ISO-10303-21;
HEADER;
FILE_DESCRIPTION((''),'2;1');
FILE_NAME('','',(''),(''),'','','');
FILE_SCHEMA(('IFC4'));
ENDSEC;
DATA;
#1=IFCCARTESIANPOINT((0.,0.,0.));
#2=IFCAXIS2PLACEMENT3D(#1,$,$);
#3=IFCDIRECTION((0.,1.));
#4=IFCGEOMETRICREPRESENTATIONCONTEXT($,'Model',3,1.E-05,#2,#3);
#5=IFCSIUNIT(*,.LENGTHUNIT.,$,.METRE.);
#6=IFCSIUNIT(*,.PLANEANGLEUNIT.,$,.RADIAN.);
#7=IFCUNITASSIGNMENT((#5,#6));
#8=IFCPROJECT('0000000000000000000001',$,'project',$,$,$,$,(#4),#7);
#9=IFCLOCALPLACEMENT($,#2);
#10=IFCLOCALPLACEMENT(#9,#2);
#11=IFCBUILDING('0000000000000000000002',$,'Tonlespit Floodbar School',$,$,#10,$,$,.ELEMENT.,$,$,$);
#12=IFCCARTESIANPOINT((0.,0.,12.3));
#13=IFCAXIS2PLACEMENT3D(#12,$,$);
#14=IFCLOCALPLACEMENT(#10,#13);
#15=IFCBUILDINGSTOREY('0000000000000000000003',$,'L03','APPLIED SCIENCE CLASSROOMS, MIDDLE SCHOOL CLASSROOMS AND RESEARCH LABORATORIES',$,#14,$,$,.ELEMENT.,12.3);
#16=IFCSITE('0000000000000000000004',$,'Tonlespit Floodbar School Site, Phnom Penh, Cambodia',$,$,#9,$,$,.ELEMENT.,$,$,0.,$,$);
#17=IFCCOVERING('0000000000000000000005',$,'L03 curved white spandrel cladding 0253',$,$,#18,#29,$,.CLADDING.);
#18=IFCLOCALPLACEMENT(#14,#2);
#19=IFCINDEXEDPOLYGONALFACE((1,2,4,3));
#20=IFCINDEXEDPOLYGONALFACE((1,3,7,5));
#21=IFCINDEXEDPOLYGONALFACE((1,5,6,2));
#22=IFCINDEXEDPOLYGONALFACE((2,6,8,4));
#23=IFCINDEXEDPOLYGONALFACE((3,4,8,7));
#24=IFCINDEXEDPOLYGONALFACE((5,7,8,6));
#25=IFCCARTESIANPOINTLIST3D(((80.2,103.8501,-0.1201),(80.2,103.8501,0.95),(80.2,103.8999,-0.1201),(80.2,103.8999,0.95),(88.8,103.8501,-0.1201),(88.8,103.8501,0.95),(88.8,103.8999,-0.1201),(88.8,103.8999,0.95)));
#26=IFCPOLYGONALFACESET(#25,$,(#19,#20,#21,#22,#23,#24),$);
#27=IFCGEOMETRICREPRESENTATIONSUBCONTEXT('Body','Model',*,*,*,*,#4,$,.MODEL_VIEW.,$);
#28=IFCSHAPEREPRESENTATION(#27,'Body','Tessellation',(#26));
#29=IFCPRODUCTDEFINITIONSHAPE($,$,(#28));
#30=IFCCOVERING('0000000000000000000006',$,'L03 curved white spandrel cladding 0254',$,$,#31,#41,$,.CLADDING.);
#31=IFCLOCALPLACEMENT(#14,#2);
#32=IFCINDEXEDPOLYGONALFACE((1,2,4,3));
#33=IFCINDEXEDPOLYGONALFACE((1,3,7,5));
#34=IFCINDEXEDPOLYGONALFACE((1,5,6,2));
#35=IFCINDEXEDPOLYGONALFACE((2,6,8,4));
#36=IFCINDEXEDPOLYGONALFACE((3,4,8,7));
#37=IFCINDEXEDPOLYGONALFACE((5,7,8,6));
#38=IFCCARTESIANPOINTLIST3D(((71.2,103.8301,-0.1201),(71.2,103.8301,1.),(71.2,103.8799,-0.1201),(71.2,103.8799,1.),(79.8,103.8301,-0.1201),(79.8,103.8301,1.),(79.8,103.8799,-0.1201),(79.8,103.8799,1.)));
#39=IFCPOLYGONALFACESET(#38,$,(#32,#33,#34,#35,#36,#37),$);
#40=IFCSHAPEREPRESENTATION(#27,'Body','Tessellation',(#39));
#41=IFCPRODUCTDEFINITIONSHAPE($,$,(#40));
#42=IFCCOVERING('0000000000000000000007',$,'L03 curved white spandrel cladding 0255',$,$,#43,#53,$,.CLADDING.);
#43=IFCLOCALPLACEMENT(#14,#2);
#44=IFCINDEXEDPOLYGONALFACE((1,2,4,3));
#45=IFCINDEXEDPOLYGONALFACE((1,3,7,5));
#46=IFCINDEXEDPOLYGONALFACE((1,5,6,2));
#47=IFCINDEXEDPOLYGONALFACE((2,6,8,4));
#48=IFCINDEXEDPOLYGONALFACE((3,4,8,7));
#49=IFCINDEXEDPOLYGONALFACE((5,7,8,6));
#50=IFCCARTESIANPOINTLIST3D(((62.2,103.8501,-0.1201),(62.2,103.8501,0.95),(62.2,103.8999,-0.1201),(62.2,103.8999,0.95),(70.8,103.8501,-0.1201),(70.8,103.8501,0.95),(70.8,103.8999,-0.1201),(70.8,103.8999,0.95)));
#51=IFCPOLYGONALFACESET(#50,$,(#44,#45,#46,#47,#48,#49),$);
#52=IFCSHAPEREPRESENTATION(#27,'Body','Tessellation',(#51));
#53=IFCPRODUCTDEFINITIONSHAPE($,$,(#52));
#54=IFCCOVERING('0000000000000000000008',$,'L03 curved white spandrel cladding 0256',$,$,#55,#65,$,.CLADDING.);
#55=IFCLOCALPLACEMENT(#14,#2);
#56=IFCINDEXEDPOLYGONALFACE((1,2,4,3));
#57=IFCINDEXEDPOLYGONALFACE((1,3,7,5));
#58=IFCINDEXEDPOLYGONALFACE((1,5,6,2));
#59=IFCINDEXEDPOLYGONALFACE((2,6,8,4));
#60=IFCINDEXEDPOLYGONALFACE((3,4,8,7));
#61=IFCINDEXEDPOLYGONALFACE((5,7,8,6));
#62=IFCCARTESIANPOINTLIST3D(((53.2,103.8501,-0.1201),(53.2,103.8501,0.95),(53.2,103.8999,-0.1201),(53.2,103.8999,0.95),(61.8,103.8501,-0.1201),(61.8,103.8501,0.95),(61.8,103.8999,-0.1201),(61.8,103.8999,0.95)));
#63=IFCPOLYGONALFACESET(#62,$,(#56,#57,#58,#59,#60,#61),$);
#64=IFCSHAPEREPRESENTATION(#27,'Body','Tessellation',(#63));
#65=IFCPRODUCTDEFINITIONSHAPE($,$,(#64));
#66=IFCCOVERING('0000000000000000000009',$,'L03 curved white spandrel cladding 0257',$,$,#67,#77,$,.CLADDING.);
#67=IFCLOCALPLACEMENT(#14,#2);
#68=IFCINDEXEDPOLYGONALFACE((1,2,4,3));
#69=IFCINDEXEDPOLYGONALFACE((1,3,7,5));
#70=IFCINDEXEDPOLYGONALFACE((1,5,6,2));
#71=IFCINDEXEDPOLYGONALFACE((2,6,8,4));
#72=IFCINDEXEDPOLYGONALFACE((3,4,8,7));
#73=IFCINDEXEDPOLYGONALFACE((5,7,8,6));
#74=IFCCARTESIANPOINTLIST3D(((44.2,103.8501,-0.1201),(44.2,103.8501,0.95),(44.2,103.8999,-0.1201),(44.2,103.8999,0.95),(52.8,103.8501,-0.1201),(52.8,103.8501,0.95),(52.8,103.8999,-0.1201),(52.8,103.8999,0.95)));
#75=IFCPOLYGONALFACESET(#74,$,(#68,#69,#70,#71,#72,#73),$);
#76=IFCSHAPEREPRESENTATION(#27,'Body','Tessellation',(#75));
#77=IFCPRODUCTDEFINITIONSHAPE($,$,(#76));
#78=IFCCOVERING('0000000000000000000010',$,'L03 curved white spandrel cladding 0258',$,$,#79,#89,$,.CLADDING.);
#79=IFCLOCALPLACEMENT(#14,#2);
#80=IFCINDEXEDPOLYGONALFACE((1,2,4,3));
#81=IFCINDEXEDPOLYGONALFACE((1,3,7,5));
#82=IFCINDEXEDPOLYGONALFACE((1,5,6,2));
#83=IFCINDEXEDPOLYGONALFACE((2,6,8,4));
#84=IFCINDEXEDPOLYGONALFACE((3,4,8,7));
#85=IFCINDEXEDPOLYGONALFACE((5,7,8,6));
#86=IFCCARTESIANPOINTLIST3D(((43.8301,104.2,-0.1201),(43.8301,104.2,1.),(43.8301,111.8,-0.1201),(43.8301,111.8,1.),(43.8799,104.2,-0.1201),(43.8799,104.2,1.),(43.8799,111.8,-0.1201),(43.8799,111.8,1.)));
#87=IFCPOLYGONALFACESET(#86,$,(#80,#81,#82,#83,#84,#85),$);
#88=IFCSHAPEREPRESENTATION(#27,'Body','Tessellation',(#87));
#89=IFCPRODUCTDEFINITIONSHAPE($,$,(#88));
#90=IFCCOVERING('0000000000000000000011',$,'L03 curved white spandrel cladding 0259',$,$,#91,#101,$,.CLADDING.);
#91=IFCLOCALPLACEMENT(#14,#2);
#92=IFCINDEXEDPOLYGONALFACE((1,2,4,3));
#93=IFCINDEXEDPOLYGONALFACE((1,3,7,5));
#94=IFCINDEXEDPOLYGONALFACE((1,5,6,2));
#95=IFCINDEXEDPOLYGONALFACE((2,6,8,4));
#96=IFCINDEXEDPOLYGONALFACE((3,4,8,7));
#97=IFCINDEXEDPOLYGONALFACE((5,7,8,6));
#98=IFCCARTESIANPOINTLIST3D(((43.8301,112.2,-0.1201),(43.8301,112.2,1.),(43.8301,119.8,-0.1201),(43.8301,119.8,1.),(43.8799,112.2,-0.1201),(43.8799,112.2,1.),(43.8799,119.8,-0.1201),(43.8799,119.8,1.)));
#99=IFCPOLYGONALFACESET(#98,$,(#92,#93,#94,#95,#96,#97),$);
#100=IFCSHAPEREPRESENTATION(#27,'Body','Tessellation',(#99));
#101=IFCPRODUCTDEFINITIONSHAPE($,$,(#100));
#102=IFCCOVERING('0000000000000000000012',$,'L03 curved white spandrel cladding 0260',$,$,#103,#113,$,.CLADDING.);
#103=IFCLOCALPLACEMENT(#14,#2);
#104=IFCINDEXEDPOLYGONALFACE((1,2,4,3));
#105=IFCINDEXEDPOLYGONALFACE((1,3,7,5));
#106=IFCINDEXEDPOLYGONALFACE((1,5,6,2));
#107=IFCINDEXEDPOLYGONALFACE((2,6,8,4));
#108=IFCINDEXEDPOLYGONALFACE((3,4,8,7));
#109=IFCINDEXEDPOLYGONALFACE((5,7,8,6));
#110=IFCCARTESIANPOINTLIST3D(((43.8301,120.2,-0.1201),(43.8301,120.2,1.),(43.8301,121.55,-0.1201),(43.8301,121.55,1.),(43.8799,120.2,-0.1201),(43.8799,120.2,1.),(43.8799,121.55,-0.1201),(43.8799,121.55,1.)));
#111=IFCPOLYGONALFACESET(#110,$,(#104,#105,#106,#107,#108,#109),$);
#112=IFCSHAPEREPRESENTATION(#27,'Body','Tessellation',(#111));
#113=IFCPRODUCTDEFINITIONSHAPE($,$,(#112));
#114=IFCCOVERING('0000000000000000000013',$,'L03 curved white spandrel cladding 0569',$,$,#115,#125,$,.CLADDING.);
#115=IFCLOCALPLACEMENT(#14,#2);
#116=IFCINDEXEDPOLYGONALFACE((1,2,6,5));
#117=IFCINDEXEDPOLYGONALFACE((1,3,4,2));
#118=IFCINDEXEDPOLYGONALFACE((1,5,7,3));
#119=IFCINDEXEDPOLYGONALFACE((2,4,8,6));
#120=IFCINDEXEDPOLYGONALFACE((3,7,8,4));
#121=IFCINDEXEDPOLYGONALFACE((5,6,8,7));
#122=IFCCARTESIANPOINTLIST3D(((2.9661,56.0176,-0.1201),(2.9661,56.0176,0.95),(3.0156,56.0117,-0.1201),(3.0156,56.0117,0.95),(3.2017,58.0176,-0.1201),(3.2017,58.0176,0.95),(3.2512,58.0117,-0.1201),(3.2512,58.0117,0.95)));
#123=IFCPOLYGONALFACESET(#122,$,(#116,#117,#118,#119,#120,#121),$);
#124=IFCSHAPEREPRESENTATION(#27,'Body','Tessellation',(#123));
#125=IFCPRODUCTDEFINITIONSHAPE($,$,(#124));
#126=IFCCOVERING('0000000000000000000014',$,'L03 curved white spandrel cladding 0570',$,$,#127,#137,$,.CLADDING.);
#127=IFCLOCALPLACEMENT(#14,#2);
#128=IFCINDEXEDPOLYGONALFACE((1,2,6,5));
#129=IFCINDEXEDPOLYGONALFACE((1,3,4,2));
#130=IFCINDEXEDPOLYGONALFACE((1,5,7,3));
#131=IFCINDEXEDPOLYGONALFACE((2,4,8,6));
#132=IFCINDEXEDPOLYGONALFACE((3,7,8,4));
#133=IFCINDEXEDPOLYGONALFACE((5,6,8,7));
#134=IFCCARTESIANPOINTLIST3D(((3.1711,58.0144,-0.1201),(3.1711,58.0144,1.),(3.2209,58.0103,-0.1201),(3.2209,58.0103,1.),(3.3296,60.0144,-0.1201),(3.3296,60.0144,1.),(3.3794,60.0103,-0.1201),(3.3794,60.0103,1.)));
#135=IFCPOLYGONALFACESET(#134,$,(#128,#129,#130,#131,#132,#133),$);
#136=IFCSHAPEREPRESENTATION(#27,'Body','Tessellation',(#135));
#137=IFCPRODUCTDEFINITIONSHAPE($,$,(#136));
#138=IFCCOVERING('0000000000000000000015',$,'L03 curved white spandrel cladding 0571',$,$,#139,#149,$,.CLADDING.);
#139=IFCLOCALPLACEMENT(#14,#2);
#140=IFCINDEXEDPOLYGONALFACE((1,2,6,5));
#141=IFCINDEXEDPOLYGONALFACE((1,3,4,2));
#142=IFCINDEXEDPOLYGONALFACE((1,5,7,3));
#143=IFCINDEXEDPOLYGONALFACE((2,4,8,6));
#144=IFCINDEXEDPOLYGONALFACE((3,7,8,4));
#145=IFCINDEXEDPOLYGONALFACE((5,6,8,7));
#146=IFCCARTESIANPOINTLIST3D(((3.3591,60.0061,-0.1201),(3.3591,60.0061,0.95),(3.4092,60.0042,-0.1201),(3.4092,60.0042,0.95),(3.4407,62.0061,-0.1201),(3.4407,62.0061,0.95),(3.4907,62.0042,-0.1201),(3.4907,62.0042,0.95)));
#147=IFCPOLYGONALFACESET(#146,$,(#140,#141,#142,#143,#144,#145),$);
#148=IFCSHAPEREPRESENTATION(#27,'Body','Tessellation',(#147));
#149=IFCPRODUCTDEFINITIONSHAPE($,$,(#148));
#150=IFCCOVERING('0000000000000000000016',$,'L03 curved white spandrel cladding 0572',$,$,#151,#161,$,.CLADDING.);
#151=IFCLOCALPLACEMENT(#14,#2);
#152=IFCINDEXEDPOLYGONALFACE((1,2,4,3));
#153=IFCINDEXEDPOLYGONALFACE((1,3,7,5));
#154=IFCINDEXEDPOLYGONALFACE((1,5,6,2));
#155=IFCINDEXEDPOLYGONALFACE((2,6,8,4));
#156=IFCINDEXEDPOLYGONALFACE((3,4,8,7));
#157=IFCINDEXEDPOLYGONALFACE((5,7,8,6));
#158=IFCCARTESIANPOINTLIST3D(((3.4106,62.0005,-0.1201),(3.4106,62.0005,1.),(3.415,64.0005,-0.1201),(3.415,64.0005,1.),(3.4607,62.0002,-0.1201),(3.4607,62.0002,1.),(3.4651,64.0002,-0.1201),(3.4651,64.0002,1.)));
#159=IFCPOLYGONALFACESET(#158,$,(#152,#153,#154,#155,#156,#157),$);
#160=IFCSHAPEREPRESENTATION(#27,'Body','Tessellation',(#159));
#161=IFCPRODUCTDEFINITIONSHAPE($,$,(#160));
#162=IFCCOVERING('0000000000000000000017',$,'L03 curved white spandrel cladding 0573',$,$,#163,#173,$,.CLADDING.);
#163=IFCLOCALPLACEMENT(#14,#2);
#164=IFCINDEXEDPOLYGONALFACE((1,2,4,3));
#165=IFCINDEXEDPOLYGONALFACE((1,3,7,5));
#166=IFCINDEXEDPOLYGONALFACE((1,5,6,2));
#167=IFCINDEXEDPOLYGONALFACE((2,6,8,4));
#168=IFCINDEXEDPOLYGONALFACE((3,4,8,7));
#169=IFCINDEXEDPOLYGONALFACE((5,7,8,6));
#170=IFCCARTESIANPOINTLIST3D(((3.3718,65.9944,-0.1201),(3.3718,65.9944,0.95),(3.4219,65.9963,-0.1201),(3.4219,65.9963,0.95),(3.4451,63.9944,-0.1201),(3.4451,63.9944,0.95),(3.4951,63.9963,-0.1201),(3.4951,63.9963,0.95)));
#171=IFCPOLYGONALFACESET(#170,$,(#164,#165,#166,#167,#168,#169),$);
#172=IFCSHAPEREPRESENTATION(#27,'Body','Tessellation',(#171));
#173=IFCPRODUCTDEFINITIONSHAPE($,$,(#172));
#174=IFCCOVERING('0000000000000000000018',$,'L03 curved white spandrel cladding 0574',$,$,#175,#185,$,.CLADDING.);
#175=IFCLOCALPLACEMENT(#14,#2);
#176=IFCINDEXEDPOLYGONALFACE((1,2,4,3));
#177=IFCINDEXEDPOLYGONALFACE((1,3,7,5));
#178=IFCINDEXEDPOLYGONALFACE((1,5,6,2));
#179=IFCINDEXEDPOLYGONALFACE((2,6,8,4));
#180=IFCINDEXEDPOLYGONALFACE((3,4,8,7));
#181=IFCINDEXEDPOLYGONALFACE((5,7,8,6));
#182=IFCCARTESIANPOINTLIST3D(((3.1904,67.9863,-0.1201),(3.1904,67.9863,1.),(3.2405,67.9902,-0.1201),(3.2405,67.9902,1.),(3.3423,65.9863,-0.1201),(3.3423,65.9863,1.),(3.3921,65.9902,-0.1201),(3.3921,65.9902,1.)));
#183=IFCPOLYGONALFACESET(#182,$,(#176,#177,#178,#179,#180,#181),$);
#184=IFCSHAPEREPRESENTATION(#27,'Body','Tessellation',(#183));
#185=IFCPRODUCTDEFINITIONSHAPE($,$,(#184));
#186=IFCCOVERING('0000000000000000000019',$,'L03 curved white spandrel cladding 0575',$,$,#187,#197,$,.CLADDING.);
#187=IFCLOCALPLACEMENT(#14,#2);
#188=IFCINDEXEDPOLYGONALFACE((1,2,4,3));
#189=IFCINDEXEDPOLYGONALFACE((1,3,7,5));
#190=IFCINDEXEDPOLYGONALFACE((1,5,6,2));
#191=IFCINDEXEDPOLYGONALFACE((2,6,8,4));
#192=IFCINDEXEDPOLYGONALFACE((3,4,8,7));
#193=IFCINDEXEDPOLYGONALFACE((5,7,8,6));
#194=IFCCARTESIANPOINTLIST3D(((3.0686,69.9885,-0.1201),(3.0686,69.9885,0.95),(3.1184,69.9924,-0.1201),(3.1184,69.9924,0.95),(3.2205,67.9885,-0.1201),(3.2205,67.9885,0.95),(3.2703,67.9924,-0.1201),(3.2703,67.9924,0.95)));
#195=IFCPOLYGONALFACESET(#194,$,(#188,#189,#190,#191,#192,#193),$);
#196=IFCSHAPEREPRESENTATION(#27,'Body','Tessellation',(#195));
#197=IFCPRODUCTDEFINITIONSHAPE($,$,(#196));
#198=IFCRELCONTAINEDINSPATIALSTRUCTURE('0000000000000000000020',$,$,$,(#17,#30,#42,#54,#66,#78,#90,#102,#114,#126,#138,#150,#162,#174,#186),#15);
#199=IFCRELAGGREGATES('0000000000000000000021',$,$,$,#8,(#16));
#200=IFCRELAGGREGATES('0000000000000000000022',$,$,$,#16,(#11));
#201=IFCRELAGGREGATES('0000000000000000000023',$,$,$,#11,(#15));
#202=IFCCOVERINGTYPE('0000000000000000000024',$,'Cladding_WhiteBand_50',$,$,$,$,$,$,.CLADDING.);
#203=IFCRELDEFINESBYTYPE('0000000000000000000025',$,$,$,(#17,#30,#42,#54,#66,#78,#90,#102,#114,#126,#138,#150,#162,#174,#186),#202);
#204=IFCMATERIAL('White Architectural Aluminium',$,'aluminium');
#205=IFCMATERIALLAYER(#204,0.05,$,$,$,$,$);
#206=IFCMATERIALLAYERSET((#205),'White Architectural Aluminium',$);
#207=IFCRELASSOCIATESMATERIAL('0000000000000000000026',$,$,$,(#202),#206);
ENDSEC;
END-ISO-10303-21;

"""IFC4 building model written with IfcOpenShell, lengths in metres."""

from ifc_helpers import new_model, si_unit, direction, frame, origin, place, context, subcontext, project, spatial, polyline, outline, extrude, material, layer, layer_set, type_object, element, save


model = new_model("IFC4")

# Units and contexts
model_context = context("Model", 3, precision=1e-05, world=origin(), true_north=direction((0.0, 1.0)))
body_context = subcontext(model_context, "Body", "Model", "MODEL_VIEW")
ifc_project = project(units=[si_unit("LENGTHUNIT", "METRE"), si_unit("PLANEANGLEUNIT", "RADIAN")], contexts=[model_context])

# Site, building, storey
site_placement = place(None, origin())
site = spatial("IfcSite", under=ifc_project, at=site_placement, Name="Tonlespit Floodbar School Site, Phnom Penh, Cambodia", CompositionType="ELEMENT", RefElevation=0.0)
building_placement = place(site_placement, origin())
building = spatial("IfcBuilding", under=site, at=building_placement, Name="Tonlespit Floodbar School", CompositionType="ELEMENT")
storey_placement = place(building_placement, frame((0.0, 0.0, 12.3)))
storey = spatial("IfcBuildingStorey", under=building, at=storey_placement, Name="L03", Description="APPLIED SCIENCE CLASSROOMS, MIDDLE SCHOOL CLASSROOMS AND RESEARCH LABORATORIES", CompositionType="ELEMENT", Elevation=12.3)

# Coverings
ifc_material = material(Name="White Architectural Aluminium", Category="aluminium")
ifc_layer = layer(ifc_material, 0.05)
ifc_layer_set = layer_set([ifc_layer], Name="White Architectural Aluminium")
covering_type = type_object("IfcCoveringType", Name="Cladding_WhiteBand_50", PredefinedType="CLADDING", material=ifc_layer_set)
covering_1_placement = place(storey_placement, frame((0.0, 0.0, -0.1201)))
element("IfcCovering", 1, at=covering_1_placement, inside=storey, type_object=covering_type, Name="L03 curved white spandrel cladding 0253", PredefinedType="CLADDING", context=body_context, shape_type="SweptSolid", body=[
    extrude(outline(polyline([(88.8, 103.8999), (80.2, 103.8999), (80.2, 103.8501), (88.8, 103.8501), (88.8, 103.8999)])), origin(), (0.0, 0.0, 1.0), 1.0701),
])
covering_2_placement = place(storey_placement, frame((0.0, 0.0, -0.1201)))
element("IfcCovering", 2, at=covering_2_placement, inside=storey, type_object=covering_type, Name="L03 curved white spandrel cladding 0254", PredefinedType="CLADDING", context=body_context, shape_type="SweptSolid", body=[
    extrude(outline(polyline([(79.8, 103.8799), (71.2, 103.8799), (71.2, 103.8301), (79.8, 103.8301), (79.8, 103.8799)])), origin(), (0.0, 0.0, 1.0), 1.1201),
])
covering_3_placement = place(storey_placement, frame((0.0, 0.0, -0.1201)))
element("IfcCovering", 3, at=covering_3_placement, inside=storey, type_object=covering_type, Name="L03 curved white spandrel cladding 0255", PredefinedType="CLADDING", context=body_context, shape_type="SweptSolid", body=[
    extrude(outline(polyline([(70.8, 103.8999), (62.2, 103.8999), (62.2, 103.8501), (70.8, 103.8501), (70.8, 103.8999)])), origin(), (0.0, 0.0, 1.0), 1.0701),
])
covering_4_placement = place(storey_placement, frame((0.0, 0.0, -0.1201)))
element("IfcCovering", 4, at=covering_4_placement, inside=storey, type_object=covering_type, Name="L03 curved white spandrel cladding 0256", PredefinedType="CLADDING", context=body_context, shape_type="SweptSolid", body=[
    extrude(outline(polyline([(61.8, 103.8999), (53.2, 103.8999), (53.2, 103.8501), (61.8, 103.8501), (61.8, 103.8999)])), origin(), (0.0, 0.0, 1.0), 1.0701),
])
covering_5_placement = place(storey_placement, frame((0.0, 0.0, -0.1201)))
element("IfcCovering", 5, at=covering_5_placement, inside=storey, type_object=covering_type, Name="L03 curved white spandrel cladding 0257", PredefinedType="CLADDING", context=body_context, shape_type="SweptSolid", body=[
    extrude(outline(polyline([(52.8, 103.8999), (44.2, 103.8999), (44.2, 103.8501), (52.8, 103.8501), (52.8, 103.8999)])), origin(), (0.0, 0.0, 1.0), 1.0701),
])
covering_6_placement = place(storey_placement, frame((0.0, 0.0, -0.1201)))
element("IfcCovering", 6, at=covering_6_placement, inside=storey, type_object=covering_type, Name="L03 curved white spandrel cladding 0258", PredefinedType="CLADDING", context=body_context, shape_type="SweptSolid", body=[
    extrude(outline(polyline([(43.8799, 104.2), (43.8799, 111.8), (43.8301, 111.8), (43.8301, 104.2), (43.8799, 104.2)])), origin(), (0.0, 0.0, 1.0), 1.1201),
])
covering_7_placement = place(storey_placement, frame((0.0, 0.0, -0.1201)))
element("IfcCovering", 7, at=covering_7_placement, inside=storey, type_object=covering_type, Name="L03 curved white spandrel cladding 0259", PredefinedType="CLADDING", context=body_context, shape_type="SweptSolid", body=[
    extrude(outline(polyline([(43.8799, 112.2), (43.8799, 119.8), (43.8301, 119.8), (43.8301, 112.2), (43.8799, 112.2)])), origin(), (0.0, 0.0, 1.0), 1.1201),
])
covering_8_placement = place(storey_placement, frame((0.0, 0.0, -0.1201)))
element("IfcCovering", 8, at=covering_8_placement, inside=storey, type_object=covering_type, Name="L03 curved white spandrel cladding 0260", PredefinedType="CLADDING", context=body_context, shape_type="SweptSolid", body=[
    extrude(outline(polyline([(43.8799, 120.2), (43.8799, 121.55), (43.8301, 121.55), (43.8301, 120.2), (43.8799, 120.2)])), origin(), (0.0, 0.0, 1.0), 1.1201),
])
covering_9_placement = place(storey_placement, frame((0.0, 0.0, -0.1201)))
element("IfcCovering", 9, at=covering_9_placement, inside=storey, type_object=covering_type, Name="L03 curved white spandrel cladding 0569", PredefinedType="CLADDING", context=body_context, shape_type="SweptSolid", body=[
    extrude(outline(polyline([(3.0156, 56.0117), (3.2512, 58.0117), (3.2017, 58.0176), (2.9661, 56.0176), (3.0156, 56.0117)])), origin(), (0.0, 0.0, 1.0), 1.0701),
])
covering_10_placement = place(storey_placement, frame((0.0, 0.0, -0.1201)))
element("IfcCovering", 10, at=covering_10_placement, inside=storey, type_object=covering_type, Name="L03 curved white spandrel cladding 0570", PredefinedType="CLADDING", context=body_context, shape_type="SweptSolid", body=[
    extrude(outline(polyline([(3.2209, 58.0103), (3.3794, 60.0103), (3.3296, 60.0144), (3.1711, 58.0144), (3.2209, 58.0103)])), origin(), (0.0, 0.0, 1.0), 1.1201),
])
covering_11_placement = place(storey_placement, frame((0.0, 0.0, -0.1201)))
element("IfcCovering", 11, at=covering_11_placement, inside=storey, type_object=covering_type, Name="L03 curved white spandrel cladding 0571", PredefinedType="CLADDING", context=body_context, shape_type="SweptSolid", body=[
    extrude(outline(polyline([(3.4092, 60.0042), (3.4907, 62.0042), (3.4407, 62.0061), (3.3591, 60.0061), (3.4092, 60.0042)])), origin(), (0.0, 0.0, 1.0), 1.0701),
])
covering_12_placement = place(storey_placement, frame((0.0, 0.0, -0.1201)))
element("IfcCovering", 12, at=covering_12_placement, inside=storey, type_object=covering_type, Name="L03 curved white spandrel cladding 0572", PredefinedType="CLADDING", context=body_context, shape_type="SweptSolid", body=[
    extrude(outline(polyline([(3.4607, 62.0002), (3.4651, 64.0002), (3.415, 64.0005), (3.4106, 62.0005), (3.4607, 62.0002)])), origin(), (0.0, 0.0, 1.0), 1.1201),
])
covering_13_placement = place(storey_placement, frame((0.0, 0.0, -0.1201)))
element("IfcCovering", 13, at=covering_13_placement, inside=storey, type_object=covering_type, Name="L03 curved white spandrel cladding 0573", PredefinedType="CLADDING", context=body_context, shape_type="SweptSolid", body=[
    extrude(outline(polyline([(3.4951, 63.9963), (3.4219, 65.9963), (3.3718, 65.9944), (3.4451, 63.9944), (3.4951, 63.9963)])), origin(), (0.0, 0.0, 1.0), 1.0701),
])
covering_14_placement = place(storey_placement, frame((0.0, 0.0, -0.1201)))
element("IfcCovering", 14, at=covering_14_placement, inside=storey, type_object=covering_type, Name="L03 curved white spandrel cladding 0574", PredefinedType="CLADDING", context=body_context, shape_type="SweptSolid", body=[
    extrude(outline(polyline([(3.3921, 65.9902), (3.2405, 67.9902), (3.1904, 67.9863), (3.3423, 65.9863), (3.3921, 65.9902)])), origin(), (0.0, 0.0, 1.0), 1.1201),
])
covering_15_placement = place(storey_placement, frame((0.0, 0.0, -0.1201)))
element("IfcCovering", 15, at=covering_15_placement, inside=storey, type_object=covering_type, Name="L03 curved white spandrel cladding 0575", PredefinedType="CLADDING", context=body_context, shape_type="SweptSolid", body=[
    extrude(outline(polyline([(3.2703, 67.9924), (3.1184, 69.9924), (3.0686, 69.9885), (3.2205, 67.9885), (3.2703, 67.9924)])), origin(), (0.0, 0.0, 1.0), 1.0701),
])

save(model, "model.ifc")
